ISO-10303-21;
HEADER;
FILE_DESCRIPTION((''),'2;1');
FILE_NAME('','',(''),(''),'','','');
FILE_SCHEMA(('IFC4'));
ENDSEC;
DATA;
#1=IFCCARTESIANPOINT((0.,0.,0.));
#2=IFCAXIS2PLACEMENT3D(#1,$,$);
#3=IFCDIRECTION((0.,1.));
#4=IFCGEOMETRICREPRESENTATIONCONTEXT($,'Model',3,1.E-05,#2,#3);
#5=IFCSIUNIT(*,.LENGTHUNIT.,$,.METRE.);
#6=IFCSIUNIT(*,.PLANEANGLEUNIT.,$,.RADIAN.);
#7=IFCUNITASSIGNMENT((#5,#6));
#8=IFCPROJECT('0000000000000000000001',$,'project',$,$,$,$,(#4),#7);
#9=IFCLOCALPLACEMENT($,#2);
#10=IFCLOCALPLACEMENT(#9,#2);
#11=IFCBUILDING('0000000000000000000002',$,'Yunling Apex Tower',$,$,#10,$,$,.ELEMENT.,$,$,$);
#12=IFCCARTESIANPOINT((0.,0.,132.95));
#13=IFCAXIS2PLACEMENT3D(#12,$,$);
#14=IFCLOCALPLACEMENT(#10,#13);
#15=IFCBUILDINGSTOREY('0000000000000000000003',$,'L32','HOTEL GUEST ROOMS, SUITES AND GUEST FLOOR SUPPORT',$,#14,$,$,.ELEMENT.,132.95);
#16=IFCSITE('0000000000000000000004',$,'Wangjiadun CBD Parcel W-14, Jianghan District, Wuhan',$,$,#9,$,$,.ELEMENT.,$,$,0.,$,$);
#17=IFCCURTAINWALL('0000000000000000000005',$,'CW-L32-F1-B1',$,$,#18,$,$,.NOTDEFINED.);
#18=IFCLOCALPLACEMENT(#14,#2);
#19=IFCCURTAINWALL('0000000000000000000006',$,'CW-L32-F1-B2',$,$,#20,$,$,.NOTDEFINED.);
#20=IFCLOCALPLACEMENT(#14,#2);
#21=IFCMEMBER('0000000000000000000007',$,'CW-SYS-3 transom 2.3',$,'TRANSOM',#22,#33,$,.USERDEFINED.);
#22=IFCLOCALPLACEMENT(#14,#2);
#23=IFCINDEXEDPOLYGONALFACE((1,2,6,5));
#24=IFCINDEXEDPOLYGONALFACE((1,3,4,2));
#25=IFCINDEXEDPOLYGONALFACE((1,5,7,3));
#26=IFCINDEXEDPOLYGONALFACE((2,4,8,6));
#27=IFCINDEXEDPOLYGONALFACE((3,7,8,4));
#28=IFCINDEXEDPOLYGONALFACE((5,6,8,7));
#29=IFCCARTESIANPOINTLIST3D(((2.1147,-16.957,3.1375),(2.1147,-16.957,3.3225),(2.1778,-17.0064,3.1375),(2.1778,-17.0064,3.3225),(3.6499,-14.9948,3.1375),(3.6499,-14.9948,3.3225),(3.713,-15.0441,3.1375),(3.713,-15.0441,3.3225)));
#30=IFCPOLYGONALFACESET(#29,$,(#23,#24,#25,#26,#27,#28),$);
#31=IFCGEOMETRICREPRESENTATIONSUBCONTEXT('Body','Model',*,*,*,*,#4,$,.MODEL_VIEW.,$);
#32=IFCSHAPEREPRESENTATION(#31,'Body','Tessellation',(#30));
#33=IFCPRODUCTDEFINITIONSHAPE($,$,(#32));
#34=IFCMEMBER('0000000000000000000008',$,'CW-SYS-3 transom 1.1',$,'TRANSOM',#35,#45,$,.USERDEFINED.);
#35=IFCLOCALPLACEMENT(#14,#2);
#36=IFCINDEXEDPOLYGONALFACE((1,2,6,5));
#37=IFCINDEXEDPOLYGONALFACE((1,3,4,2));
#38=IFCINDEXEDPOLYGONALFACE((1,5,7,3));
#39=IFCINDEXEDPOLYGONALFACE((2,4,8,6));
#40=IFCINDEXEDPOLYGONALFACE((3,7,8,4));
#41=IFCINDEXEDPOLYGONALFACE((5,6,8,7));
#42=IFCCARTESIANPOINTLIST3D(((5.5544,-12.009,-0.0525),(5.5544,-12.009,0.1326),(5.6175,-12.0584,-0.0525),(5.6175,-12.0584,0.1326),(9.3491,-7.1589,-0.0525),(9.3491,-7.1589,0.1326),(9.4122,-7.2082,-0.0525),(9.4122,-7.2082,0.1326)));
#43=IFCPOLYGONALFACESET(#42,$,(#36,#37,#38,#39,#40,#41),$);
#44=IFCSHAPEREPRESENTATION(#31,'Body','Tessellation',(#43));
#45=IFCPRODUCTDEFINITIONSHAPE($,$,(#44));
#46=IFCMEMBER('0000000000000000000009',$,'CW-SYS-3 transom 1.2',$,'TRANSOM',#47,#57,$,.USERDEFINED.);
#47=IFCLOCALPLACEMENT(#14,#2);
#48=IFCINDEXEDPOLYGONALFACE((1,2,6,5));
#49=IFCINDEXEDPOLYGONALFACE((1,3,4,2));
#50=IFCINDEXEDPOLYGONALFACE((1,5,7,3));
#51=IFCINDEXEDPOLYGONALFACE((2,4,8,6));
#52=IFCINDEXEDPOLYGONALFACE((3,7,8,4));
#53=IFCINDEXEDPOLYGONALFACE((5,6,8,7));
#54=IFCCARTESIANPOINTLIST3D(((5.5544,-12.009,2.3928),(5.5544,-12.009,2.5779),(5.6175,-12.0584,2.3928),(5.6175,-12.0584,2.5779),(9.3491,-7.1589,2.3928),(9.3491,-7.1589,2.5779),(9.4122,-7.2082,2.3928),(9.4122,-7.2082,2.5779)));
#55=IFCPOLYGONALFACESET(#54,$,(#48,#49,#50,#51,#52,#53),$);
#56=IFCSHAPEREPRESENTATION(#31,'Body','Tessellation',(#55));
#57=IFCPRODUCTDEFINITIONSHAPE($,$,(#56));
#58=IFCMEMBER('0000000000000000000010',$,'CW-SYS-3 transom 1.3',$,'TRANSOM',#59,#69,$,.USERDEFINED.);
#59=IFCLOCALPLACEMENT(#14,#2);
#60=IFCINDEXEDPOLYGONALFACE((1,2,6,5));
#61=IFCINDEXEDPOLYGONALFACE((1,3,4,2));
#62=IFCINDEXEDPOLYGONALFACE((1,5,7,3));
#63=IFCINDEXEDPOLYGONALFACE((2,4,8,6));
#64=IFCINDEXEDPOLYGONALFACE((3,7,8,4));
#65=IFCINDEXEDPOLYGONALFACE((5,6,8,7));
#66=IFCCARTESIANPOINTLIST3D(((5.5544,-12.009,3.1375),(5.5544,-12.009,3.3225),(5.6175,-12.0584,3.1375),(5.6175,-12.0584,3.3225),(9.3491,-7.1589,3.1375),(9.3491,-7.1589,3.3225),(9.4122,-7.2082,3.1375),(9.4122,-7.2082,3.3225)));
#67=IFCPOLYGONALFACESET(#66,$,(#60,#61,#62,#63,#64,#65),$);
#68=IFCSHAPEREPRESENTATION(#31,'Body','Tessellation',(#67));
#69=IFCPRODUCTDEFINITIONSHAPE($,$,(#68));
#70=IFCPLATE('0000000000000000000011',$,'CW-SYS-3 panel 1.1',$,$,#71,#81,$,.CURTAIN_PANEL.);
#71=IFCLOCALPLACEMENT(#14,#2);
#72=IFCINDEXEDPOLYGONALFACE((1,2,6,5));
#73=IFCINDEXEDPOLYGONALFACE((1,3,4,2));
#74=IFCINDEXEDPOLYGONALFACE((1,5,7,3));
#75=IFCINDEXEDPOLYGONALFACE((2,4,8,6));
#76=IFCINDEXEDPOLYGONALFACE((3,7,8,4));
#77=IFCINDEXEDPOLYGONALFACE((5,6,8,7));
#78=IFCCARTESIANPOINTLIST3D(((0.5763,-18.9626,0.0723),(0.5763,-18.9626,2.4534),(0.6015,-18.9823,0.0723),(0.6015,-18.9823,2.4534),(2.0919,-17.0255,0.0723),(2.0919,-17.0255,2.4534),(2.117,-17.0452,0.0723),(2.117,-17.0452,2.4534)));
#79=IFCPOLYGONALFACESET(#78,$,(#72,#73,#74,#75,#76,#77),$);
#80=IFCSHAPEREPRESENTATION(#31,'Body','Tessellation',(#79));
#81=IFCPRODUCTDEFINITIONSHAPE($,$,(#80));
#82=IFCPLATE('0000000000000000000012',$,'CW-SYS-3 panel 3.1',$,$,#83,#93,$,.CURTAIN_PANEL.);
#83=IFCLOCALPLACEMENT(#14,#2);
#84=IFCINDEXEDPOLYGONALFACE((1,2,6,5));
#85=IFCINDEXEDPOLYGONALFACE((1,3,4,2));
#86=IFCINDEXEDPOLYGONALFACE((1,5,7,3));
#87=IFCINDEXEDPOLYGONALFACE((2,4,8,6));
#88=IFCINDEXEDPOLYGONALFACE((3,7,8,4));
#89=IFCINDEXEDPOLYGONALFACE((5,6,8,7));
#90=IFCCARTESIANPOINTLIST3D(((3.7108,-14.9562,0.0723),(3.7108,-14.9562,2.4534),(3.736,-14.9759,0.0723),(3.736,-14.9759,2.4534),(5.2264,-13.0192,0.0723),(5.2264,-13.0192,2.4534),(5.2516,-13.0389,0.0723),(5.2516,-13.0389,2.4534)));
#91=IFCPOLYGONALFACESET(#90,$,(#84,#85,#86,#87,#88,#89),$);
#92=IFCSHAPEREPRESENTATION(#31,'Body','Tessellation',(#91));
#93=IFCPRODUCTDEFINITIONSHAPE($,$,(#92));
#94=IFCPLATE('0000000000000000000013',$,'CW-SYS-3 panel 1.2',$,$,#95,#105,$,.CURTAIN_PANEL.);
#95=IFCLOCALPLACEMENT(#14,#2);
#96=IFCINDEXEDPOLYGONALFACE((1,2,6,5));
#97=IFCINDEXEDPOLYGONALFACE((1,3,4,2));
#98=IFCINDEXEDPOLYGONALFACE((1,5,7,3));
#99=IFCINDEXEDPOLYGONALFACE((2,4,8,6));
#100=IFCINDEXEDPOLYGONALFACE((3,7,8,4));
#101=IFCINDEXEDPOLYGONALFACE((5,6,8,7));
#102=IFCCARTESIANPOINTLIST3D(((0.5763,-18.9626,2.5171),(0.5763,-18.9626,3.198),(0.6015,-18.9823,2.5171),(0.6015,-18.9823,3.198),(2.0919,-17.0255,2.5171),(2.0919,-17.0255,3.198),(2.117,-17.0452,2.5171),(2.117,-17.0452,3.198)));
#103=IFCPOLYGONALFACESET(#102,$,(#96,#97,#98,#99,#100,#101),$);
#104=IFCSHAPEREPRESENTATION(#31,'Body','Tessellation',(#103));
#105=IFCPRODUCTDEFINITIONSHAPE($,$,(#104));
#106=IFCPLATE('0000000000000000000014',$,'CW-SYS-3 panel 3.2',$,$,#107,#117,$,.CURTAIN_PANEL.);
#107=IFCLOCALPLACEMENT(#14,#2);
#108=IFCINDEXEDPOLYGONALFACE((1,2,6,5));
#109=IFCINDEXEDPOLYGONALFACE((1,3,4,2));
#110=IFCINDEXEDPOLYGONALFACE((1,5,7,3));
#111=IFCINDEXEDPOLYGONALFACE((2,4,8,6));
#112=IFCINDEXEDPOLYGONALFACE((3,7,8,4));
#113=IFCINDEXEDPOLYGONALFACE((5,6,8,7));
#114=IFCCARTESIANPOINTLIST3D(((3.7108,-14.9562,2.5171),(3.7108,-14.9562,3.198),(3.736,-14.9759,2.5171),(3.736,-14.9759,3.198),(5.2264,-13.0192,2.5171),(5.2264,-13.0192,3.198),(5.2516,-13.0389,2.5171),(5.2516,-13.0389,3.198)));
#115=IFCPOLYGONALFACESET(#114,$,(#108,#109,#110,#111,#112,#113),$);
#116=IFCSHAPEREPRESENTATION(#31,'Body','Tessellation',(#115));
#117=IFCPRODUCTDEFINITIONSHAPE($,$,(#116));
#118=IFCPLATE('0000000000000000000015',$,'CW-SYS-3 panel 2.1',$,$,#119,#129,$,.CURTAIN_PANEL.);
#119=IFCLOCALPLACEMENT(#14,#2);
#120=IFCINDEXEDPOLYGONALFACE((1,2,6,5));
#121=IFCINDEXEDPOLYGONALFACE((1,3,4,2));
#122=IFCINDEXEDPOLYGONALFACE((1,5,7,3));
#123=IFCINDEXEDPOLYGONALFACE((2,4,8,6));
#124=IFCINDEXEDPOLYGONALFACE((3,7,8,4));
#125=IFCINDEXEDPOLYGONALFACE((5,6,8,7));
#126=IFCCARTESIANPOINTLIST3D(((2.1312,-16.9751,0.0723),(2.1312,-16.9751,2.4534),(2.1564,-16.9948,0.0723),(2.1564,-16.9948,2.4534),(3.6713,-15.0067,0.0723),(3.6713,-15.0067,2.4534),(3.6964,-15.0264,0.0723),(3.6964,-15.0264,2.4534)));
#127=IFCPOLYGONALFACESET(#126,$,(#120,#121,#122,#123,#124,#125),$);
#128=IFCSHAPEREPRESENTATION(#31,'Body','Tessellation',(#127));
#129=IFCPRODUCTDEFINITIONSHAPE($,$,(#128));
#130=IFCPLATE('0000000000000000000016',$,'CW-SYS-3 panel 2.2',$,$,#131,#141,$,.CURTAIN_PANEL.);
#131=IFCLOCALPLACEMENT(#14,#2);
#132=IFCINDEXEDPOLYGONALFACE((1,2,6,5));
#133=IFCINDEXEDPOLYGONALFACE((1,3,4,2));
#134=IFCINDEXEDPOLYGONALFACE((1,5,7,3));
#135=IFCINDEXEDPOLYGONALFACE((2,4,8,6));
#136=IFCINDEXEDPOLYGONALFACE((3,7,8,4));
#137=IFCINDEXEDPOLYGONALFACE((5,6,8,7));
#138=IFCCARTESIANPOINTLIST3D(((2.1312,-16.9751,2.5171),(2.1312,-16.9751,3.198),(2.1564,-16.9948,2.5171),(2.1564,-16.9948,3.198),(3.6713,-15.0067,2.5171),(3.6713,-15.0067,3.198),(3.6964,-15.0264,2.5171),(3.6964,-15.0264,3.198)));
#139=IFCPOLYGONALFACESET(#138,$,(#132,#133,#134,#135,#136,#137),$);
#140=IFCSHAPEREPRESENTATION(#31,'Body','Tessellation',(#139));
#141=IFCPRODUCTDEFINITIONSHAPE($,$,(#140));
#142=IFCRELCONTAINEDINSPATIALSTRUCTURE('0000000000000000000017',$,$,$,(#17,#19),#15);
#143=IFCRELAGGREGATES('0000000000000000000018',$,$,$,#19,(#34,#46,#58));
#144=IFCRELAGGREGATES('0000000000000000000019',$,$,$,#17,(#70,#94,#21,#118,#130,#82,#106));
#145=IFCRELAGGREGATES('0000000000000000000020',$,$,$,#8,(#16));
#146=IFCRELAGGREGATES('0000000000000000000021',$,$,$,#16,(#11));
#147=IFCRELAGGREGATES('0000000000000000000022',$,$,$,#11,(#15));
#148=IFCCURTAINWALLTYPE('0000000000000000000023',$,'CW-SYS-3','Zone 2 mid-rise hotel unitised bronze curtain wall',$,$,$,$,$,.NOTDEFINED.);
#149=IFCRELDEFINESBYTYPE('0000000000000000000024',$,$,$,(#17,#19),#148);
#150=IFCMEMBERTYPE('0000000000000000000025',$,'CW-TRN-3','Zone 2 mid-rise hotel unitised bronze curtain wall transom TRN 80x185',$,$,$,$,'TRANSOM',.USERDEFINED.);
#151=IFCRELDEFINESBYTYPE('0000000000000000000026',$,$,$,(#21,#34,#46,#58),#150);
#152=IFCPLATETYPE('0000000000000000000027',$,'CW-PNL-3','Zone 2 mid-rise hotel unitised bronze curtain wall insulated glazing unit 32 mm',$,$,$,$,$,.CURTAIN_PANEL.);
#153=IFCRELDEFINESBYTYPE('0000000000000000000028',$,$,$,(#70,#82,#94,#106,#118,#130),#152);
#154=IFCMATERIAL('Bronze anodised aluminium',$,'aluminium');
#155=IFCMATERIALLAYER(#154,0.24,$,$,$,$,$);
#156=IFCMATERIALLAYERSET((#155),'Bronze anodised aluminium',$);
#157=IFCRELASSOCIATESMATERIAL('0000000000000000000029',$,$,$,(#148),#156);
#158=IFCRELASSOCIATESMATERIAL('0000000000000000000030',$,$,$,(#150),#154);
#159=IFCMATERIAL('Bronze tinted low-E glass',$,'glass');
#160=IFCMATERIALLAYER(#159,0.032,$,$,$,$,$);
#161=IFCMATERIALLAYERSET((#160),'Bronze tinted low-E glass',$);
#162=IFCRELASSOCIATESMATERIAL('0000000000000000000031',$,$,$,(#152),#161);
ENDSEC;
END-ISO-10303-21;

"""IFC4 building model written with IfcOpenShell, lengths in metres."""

from ifc_helpers import new_model, si_unit, direction, frame, origin, origin_2d, place, context, subcontext, project, spatial, rectangle, extrude, source, transform, mapped, material, layer, layer_set, material_profile, profile_set, type_object, element, aggregate, save


model = new_model("IFC4")

# Units and contexts
model_context = context("Model", 3, precision=1e-05, world=origin(), true_north=direction((0.0, 1.0)))
body_context = subcontext(model_context, "Body", "Model", "MODEL_VIEW")
ifc_project = project(units=[si_unit("LENGTHUNIT", "METRE"), si_unit("PLANEANGLEUNIT", "RADIAN")], contexts=[model_context])

# Site, building, storey
site_placement = place(None, origin())
site = spatial("IfcSite", under=ifc_project, at=site_placement, Name="Wangjiadun CBD Parcel W-14, Jianghan District, Wuhan", CompositionType="ELEMENT", RefElevation=0.0)
building_placement = place(site_placement, origin())
building = spatial("IfcBuilding", under=site, at=building_placement, Name="Yunling Apex Tower", CompositionType="ELEMENT")
storey_placement = place(building_placement, frame((0.0, 0.0, 132.95)))
storey = spatial("IfcBuildingStorey", under=building, at=storey_placement, Name="L32", Description="HOTEL GUEST ROOMS, SUITES AND GUEST FLOOR SUPPORT", CompositionType="ELEMENT", Elevation=132.95)

# Curtain wall
ifc_material_1 = material(Name="Bronze anodised aluminium", Category="aluminium")
ifc_layer_1 = layer(ifc_material_1, 0.24)
ifc_layer_set_1 = layer_set([ifc_layer_1], Name="Bronze anodised aluminium")
curtain_wall_type = type_object("IfcCurtainWallType", Name="CW-SYS-3", Description="Zone 2 mid-rise hotel unitised bronze curtain wall", PredefinedType="NOTDEFINED", material=ifc_layer_set_1)
curtain_wall_1_placement = place(storey_placement, origin())
curtain_wall_1 = element("IfcCurtainWall", 1, at=curtain_wall_1_placement, inside=storey, type_object=curtain_wall_type, Name="CW-L32-F1-B1", PredefinedType="NOTDEFINED")

# Curtain wall
curtain_wall_2_placement = place(storey_placement, origin())
curtain_wall_2 = element("IfcCurtainWall", 2, at=curtain_wall_2_placement, inside=storey, type_object=curtain_wall_type, Name="CW-L32-F1-B2", PredefinedType="NOTDEFINED")

# Members
ifc_material_profile_1 = material_profile(ifc_material_1, rectangle(XDim=0.0801, YDim=0.1851, at=origin_2d()))
ifc_profile_set_1 = profile_set([ifc_material_profile_1], Name="Bronze anodised aluminium")
member_type_1 = type_object("IfcMemberType", Name="CW-TRN-3", Description="Zone 2 mid-rise hotel unitised bronze curtain wall transom TRN 80x185", ElementType="TRANSOM", PredefinedType="USERDEFINED", material=ifc_profile_set_1)
shared_shape_1 = source(origin(), body_context, "Body", "SweptSolid", [
    extrude(rectangle(XDim=0.0801, YDim=0.1851, at=origin_2d()), origin(), (0.0, 0.0, 1.0), 2.4915),
])
member_1_placement = place(storey_placement, frame((2.1462, -16.9817, 3.23), z_axis=(0.616197, 0.787592, 0.0), x_axis=(-0.787592, 0.616197, 0.0)))
member_1 = element("IfcMember", 3, at=member_1_placement, type_object=member_type_1, Name="CW-SYS-3 transom 2.3", ObjectType="TRANSOM", PredefinedType="USERDEFINED", context=body_context, shape_type="MappedRepresentation", body=[
    mapped(shared_shape_1, transform((0.0, 0.0, 0.0), scale=1.0)),
])
shared_shape_2 = source(origin(), body_context, "Body", "SweptSolid", [
    extrude(rectangle(XDim=0.0801, YDim=0.1851, at=origin_2d()), origin(), (0.0, 0.0, 1.0), 6.1582),
])
member_2_placement = place(storey_placement, frame((5.5859, -12.0337, 0.04), z_axis=(0.616202, 0.787588, 0.0), x_axis=(-0.787588, 0.616202, 0.0)))
member_2 = element("IfcMember", 4, at=member_2_placement, type_object=member_type_1, Name="CW-SYS-3 transom 1.1", ObjectType="TRANSOM", PredefinedType="USERDEFINED", context=body_context, shape_type="MappedRepresentation", body=[
    mapped(shared_shape_2, transform((0.0, 0.0, 0.0), scale=1.0)),
])
member_3_placement = place(storey_placement, frame((5.5859, -12.0337, 2.4854), z_axis=(0.616202, 0.787588, 0.0), x_axis=(-0.787588, 0.616202, 0.0)))
member_3 = element("IfcMember", 5, at=member_3_placement, type_object=member_type_1, Name="CW-SYS-3 transom 1.2", ObjectType="TRANSOM", PredefinedType="USERDEFINED", context=body_context, shape_type="MappedRepresentation", body=[
    mapped(shared_shape_2, transform((0.0, 0.0, 0.0), scale=1.0)),
])
member_4_placement = place(storey_placement, frame((5.5859, -12.0337, 3.23), z_axis=(0.616202, 0.787588, 0.0), x_axis=(-0.787588, 0.616202, 0.0)))
member_4 = element("IfcMember", 6, at=member_4_placement, type_object=member_type_1, Name="CW-SYS-3 transom 1.3", ObjectType="TRANSOM", PredefinedType="USERDEFINED", context=body_context, shape_type="MappedRepresentation", body=[
    mapped(shared_shape_2, transform((0.0, 0.0, 0.0), scale=1.0)),
])
aggregate(curtain_wall_2, [member_2, member_3, member_4])

# Plates
ifc_material_2 = material(Name="Bronze tinted low-E glass", Category="glass")
ifc_layer_2 = layer(ifc_material_2, 0.032)
ifc_layer_set_2 = layer_set([ifc_layer_2], Name="Bronze tinted low-E glass")
plate_type = type_object("IfcPlateType", Name="CW-PNL-3", Description="Zone 2 mid-rise hotel unitised bronze curtain wall insulated glazing unit 32 mm", PredefinedType="CURTAIN_PANEL", material=ifc_layer_set_2)
shared_shape_3 = source(origin(), body_context, "Body", "SweptSolid", [
    extrude(rectangle(XDim=2.4595, YDim=0.032, at=origin_2d()), origin(), (0.0, 0.0, 1.0), 2.3811),
])
plate_1_placement = place(storey_placement, frame((1.3467, -18.0039, 0.0723), z_axis=(0.0, 0.0, 1.0), x_axis=(0.616208, 0.787584, 0.0)))
plate_1 = element("IfcPlate", 7, at=plate_1_placement, type_object=plate_type, Name="CW-SYS-3 panel 1.1", PredefinedType="CURTAIN_PANEL", context=body_context, shape_type="MappedRepresentation", body=[
    mapped(shared_shape_3, transform((0.0, 0.0, 0.0), scale=1.0)),
])
plate_2_placement = place(storey_placement, frame((4.4812, -13.9976, 0.0723), z_axis=(0.0, 0.0, 1.0), x_axis=(0.616208, 0.787584, 0.0)))
plate_2 = element("IfcPlate", 8, at=plate_2_placement, type_object=plate_type, Name="CW-SYS-3 panel 3.1", PredefinedType="CURTAIN_PANEL", context=body_context, shape_type="MappedRepresentation", body=[
    mapped(shared_shape_3, transform((0.0, 0.0, 0.0), scale=1.0)),
])
shared_shape_4 = source(origin(), body_context, "Body", "SweptSolid", [
    extrude(rectangle(XDim=2.4595, YDim=0.032, at=origin_2d()), origin(), (0.0, 0.0, 1.0), 0.6809),
])
plate_3_placement = place(storey_placement, frame((1.3467, -18.0039, 2.5171), z_axis=(0.0, 0.0, 1.0), x_axis=(0.616208, 0.787584, 0.0)))
plate_3 = element("IfcPlate", 9, at=plate_3_placement, type_object=plate_type, Name="CW-SYS-3 panel 1.2", PredefinedType="CURTAIN_PANEL", context=body_context, shape_type="MappedRepresentation", body=[
    mapped(shared_shape_4, transform((0.0, 0.0, 0.0), scale=1.0)),
])
plate_4_placement = place(storey_placement, frame((4.4812, -13.9976, 2.5171), z_axis=(0.0, 0.0, 1.0), x_axis=(0.616208, 0.787584, 0.0)))
plate_4 = element("IfcPlate", 10, at=plate_4_placement, type_object=plate_type, Name="CW-SYS-3 panel 3.2", PredefinedType="CURTAIN_PANEL", context=body_context, shape_type="MappedRepresentation", body=[
    mapped(shared_shape_4, transform((0.0, 0.0, 0.0), scale=1.0)),
])
shared_shape_5 = source(origin(), body_context, "Body", "SweptSolid", [
    extrude(rectangle(XDim=2.4993, YDim=0.032, at=origin_2d()), origin(), (0.0, 0.0, 1.0), 2.3811),
])
plate_5_placement = place(storey_placement, frame((2.9138, -16.0007, 0.0723), z_axis=(0.0, 0.0, 1.0), x_axis=(0.616208, 0.787584, 0.0)))
plate_5 = element("IfcPlate", 11, at=plate_5_placement, type_object=plate_type, Name="CW-SYS-3 panel 2.1", PredefinedType="CURTAIN_PANEL", context=body_context, shape_type="MappedRepresentation", body=[
    mapped(shared_shape_5, transform((0.0, 0.0, 0.0), scale=1.0)),
])
shared_shape_6 = source(origin(), body_context, "Body", "SweptSolid", [
    extrude(rectangle(XDim=2.4993, YDim=0.032, at=origin_2d()), origin(), (0.0, 0.0, 1.0), 0.6809),
])
plate_6_placement = place(storey_placement, frame((2.9138, -16.0007, 2.5171), z_axis=(0.0, 0.0, 1.0), x_axis=(0.616208, 0.787584, 0.0)))
plate_6 = element("IfcPlate", 12, at=plate_6_placement, type_object=plate_type, Name="CW-SYS-3 panel 2.2", PredefinedType="CURTAIN_PANEL", context=body_context, shape_type="MappedRepresentation", body=[
    mapped(shared_shape_6, transform((0.0, 0.0, 0.0), scale=1.0)),
])
aggregate(curtain_wall_1, [plate_1, plate_3, member_1, plate_5, plate_6, plate_2, plate_4])

save(model, "model.ifc")
